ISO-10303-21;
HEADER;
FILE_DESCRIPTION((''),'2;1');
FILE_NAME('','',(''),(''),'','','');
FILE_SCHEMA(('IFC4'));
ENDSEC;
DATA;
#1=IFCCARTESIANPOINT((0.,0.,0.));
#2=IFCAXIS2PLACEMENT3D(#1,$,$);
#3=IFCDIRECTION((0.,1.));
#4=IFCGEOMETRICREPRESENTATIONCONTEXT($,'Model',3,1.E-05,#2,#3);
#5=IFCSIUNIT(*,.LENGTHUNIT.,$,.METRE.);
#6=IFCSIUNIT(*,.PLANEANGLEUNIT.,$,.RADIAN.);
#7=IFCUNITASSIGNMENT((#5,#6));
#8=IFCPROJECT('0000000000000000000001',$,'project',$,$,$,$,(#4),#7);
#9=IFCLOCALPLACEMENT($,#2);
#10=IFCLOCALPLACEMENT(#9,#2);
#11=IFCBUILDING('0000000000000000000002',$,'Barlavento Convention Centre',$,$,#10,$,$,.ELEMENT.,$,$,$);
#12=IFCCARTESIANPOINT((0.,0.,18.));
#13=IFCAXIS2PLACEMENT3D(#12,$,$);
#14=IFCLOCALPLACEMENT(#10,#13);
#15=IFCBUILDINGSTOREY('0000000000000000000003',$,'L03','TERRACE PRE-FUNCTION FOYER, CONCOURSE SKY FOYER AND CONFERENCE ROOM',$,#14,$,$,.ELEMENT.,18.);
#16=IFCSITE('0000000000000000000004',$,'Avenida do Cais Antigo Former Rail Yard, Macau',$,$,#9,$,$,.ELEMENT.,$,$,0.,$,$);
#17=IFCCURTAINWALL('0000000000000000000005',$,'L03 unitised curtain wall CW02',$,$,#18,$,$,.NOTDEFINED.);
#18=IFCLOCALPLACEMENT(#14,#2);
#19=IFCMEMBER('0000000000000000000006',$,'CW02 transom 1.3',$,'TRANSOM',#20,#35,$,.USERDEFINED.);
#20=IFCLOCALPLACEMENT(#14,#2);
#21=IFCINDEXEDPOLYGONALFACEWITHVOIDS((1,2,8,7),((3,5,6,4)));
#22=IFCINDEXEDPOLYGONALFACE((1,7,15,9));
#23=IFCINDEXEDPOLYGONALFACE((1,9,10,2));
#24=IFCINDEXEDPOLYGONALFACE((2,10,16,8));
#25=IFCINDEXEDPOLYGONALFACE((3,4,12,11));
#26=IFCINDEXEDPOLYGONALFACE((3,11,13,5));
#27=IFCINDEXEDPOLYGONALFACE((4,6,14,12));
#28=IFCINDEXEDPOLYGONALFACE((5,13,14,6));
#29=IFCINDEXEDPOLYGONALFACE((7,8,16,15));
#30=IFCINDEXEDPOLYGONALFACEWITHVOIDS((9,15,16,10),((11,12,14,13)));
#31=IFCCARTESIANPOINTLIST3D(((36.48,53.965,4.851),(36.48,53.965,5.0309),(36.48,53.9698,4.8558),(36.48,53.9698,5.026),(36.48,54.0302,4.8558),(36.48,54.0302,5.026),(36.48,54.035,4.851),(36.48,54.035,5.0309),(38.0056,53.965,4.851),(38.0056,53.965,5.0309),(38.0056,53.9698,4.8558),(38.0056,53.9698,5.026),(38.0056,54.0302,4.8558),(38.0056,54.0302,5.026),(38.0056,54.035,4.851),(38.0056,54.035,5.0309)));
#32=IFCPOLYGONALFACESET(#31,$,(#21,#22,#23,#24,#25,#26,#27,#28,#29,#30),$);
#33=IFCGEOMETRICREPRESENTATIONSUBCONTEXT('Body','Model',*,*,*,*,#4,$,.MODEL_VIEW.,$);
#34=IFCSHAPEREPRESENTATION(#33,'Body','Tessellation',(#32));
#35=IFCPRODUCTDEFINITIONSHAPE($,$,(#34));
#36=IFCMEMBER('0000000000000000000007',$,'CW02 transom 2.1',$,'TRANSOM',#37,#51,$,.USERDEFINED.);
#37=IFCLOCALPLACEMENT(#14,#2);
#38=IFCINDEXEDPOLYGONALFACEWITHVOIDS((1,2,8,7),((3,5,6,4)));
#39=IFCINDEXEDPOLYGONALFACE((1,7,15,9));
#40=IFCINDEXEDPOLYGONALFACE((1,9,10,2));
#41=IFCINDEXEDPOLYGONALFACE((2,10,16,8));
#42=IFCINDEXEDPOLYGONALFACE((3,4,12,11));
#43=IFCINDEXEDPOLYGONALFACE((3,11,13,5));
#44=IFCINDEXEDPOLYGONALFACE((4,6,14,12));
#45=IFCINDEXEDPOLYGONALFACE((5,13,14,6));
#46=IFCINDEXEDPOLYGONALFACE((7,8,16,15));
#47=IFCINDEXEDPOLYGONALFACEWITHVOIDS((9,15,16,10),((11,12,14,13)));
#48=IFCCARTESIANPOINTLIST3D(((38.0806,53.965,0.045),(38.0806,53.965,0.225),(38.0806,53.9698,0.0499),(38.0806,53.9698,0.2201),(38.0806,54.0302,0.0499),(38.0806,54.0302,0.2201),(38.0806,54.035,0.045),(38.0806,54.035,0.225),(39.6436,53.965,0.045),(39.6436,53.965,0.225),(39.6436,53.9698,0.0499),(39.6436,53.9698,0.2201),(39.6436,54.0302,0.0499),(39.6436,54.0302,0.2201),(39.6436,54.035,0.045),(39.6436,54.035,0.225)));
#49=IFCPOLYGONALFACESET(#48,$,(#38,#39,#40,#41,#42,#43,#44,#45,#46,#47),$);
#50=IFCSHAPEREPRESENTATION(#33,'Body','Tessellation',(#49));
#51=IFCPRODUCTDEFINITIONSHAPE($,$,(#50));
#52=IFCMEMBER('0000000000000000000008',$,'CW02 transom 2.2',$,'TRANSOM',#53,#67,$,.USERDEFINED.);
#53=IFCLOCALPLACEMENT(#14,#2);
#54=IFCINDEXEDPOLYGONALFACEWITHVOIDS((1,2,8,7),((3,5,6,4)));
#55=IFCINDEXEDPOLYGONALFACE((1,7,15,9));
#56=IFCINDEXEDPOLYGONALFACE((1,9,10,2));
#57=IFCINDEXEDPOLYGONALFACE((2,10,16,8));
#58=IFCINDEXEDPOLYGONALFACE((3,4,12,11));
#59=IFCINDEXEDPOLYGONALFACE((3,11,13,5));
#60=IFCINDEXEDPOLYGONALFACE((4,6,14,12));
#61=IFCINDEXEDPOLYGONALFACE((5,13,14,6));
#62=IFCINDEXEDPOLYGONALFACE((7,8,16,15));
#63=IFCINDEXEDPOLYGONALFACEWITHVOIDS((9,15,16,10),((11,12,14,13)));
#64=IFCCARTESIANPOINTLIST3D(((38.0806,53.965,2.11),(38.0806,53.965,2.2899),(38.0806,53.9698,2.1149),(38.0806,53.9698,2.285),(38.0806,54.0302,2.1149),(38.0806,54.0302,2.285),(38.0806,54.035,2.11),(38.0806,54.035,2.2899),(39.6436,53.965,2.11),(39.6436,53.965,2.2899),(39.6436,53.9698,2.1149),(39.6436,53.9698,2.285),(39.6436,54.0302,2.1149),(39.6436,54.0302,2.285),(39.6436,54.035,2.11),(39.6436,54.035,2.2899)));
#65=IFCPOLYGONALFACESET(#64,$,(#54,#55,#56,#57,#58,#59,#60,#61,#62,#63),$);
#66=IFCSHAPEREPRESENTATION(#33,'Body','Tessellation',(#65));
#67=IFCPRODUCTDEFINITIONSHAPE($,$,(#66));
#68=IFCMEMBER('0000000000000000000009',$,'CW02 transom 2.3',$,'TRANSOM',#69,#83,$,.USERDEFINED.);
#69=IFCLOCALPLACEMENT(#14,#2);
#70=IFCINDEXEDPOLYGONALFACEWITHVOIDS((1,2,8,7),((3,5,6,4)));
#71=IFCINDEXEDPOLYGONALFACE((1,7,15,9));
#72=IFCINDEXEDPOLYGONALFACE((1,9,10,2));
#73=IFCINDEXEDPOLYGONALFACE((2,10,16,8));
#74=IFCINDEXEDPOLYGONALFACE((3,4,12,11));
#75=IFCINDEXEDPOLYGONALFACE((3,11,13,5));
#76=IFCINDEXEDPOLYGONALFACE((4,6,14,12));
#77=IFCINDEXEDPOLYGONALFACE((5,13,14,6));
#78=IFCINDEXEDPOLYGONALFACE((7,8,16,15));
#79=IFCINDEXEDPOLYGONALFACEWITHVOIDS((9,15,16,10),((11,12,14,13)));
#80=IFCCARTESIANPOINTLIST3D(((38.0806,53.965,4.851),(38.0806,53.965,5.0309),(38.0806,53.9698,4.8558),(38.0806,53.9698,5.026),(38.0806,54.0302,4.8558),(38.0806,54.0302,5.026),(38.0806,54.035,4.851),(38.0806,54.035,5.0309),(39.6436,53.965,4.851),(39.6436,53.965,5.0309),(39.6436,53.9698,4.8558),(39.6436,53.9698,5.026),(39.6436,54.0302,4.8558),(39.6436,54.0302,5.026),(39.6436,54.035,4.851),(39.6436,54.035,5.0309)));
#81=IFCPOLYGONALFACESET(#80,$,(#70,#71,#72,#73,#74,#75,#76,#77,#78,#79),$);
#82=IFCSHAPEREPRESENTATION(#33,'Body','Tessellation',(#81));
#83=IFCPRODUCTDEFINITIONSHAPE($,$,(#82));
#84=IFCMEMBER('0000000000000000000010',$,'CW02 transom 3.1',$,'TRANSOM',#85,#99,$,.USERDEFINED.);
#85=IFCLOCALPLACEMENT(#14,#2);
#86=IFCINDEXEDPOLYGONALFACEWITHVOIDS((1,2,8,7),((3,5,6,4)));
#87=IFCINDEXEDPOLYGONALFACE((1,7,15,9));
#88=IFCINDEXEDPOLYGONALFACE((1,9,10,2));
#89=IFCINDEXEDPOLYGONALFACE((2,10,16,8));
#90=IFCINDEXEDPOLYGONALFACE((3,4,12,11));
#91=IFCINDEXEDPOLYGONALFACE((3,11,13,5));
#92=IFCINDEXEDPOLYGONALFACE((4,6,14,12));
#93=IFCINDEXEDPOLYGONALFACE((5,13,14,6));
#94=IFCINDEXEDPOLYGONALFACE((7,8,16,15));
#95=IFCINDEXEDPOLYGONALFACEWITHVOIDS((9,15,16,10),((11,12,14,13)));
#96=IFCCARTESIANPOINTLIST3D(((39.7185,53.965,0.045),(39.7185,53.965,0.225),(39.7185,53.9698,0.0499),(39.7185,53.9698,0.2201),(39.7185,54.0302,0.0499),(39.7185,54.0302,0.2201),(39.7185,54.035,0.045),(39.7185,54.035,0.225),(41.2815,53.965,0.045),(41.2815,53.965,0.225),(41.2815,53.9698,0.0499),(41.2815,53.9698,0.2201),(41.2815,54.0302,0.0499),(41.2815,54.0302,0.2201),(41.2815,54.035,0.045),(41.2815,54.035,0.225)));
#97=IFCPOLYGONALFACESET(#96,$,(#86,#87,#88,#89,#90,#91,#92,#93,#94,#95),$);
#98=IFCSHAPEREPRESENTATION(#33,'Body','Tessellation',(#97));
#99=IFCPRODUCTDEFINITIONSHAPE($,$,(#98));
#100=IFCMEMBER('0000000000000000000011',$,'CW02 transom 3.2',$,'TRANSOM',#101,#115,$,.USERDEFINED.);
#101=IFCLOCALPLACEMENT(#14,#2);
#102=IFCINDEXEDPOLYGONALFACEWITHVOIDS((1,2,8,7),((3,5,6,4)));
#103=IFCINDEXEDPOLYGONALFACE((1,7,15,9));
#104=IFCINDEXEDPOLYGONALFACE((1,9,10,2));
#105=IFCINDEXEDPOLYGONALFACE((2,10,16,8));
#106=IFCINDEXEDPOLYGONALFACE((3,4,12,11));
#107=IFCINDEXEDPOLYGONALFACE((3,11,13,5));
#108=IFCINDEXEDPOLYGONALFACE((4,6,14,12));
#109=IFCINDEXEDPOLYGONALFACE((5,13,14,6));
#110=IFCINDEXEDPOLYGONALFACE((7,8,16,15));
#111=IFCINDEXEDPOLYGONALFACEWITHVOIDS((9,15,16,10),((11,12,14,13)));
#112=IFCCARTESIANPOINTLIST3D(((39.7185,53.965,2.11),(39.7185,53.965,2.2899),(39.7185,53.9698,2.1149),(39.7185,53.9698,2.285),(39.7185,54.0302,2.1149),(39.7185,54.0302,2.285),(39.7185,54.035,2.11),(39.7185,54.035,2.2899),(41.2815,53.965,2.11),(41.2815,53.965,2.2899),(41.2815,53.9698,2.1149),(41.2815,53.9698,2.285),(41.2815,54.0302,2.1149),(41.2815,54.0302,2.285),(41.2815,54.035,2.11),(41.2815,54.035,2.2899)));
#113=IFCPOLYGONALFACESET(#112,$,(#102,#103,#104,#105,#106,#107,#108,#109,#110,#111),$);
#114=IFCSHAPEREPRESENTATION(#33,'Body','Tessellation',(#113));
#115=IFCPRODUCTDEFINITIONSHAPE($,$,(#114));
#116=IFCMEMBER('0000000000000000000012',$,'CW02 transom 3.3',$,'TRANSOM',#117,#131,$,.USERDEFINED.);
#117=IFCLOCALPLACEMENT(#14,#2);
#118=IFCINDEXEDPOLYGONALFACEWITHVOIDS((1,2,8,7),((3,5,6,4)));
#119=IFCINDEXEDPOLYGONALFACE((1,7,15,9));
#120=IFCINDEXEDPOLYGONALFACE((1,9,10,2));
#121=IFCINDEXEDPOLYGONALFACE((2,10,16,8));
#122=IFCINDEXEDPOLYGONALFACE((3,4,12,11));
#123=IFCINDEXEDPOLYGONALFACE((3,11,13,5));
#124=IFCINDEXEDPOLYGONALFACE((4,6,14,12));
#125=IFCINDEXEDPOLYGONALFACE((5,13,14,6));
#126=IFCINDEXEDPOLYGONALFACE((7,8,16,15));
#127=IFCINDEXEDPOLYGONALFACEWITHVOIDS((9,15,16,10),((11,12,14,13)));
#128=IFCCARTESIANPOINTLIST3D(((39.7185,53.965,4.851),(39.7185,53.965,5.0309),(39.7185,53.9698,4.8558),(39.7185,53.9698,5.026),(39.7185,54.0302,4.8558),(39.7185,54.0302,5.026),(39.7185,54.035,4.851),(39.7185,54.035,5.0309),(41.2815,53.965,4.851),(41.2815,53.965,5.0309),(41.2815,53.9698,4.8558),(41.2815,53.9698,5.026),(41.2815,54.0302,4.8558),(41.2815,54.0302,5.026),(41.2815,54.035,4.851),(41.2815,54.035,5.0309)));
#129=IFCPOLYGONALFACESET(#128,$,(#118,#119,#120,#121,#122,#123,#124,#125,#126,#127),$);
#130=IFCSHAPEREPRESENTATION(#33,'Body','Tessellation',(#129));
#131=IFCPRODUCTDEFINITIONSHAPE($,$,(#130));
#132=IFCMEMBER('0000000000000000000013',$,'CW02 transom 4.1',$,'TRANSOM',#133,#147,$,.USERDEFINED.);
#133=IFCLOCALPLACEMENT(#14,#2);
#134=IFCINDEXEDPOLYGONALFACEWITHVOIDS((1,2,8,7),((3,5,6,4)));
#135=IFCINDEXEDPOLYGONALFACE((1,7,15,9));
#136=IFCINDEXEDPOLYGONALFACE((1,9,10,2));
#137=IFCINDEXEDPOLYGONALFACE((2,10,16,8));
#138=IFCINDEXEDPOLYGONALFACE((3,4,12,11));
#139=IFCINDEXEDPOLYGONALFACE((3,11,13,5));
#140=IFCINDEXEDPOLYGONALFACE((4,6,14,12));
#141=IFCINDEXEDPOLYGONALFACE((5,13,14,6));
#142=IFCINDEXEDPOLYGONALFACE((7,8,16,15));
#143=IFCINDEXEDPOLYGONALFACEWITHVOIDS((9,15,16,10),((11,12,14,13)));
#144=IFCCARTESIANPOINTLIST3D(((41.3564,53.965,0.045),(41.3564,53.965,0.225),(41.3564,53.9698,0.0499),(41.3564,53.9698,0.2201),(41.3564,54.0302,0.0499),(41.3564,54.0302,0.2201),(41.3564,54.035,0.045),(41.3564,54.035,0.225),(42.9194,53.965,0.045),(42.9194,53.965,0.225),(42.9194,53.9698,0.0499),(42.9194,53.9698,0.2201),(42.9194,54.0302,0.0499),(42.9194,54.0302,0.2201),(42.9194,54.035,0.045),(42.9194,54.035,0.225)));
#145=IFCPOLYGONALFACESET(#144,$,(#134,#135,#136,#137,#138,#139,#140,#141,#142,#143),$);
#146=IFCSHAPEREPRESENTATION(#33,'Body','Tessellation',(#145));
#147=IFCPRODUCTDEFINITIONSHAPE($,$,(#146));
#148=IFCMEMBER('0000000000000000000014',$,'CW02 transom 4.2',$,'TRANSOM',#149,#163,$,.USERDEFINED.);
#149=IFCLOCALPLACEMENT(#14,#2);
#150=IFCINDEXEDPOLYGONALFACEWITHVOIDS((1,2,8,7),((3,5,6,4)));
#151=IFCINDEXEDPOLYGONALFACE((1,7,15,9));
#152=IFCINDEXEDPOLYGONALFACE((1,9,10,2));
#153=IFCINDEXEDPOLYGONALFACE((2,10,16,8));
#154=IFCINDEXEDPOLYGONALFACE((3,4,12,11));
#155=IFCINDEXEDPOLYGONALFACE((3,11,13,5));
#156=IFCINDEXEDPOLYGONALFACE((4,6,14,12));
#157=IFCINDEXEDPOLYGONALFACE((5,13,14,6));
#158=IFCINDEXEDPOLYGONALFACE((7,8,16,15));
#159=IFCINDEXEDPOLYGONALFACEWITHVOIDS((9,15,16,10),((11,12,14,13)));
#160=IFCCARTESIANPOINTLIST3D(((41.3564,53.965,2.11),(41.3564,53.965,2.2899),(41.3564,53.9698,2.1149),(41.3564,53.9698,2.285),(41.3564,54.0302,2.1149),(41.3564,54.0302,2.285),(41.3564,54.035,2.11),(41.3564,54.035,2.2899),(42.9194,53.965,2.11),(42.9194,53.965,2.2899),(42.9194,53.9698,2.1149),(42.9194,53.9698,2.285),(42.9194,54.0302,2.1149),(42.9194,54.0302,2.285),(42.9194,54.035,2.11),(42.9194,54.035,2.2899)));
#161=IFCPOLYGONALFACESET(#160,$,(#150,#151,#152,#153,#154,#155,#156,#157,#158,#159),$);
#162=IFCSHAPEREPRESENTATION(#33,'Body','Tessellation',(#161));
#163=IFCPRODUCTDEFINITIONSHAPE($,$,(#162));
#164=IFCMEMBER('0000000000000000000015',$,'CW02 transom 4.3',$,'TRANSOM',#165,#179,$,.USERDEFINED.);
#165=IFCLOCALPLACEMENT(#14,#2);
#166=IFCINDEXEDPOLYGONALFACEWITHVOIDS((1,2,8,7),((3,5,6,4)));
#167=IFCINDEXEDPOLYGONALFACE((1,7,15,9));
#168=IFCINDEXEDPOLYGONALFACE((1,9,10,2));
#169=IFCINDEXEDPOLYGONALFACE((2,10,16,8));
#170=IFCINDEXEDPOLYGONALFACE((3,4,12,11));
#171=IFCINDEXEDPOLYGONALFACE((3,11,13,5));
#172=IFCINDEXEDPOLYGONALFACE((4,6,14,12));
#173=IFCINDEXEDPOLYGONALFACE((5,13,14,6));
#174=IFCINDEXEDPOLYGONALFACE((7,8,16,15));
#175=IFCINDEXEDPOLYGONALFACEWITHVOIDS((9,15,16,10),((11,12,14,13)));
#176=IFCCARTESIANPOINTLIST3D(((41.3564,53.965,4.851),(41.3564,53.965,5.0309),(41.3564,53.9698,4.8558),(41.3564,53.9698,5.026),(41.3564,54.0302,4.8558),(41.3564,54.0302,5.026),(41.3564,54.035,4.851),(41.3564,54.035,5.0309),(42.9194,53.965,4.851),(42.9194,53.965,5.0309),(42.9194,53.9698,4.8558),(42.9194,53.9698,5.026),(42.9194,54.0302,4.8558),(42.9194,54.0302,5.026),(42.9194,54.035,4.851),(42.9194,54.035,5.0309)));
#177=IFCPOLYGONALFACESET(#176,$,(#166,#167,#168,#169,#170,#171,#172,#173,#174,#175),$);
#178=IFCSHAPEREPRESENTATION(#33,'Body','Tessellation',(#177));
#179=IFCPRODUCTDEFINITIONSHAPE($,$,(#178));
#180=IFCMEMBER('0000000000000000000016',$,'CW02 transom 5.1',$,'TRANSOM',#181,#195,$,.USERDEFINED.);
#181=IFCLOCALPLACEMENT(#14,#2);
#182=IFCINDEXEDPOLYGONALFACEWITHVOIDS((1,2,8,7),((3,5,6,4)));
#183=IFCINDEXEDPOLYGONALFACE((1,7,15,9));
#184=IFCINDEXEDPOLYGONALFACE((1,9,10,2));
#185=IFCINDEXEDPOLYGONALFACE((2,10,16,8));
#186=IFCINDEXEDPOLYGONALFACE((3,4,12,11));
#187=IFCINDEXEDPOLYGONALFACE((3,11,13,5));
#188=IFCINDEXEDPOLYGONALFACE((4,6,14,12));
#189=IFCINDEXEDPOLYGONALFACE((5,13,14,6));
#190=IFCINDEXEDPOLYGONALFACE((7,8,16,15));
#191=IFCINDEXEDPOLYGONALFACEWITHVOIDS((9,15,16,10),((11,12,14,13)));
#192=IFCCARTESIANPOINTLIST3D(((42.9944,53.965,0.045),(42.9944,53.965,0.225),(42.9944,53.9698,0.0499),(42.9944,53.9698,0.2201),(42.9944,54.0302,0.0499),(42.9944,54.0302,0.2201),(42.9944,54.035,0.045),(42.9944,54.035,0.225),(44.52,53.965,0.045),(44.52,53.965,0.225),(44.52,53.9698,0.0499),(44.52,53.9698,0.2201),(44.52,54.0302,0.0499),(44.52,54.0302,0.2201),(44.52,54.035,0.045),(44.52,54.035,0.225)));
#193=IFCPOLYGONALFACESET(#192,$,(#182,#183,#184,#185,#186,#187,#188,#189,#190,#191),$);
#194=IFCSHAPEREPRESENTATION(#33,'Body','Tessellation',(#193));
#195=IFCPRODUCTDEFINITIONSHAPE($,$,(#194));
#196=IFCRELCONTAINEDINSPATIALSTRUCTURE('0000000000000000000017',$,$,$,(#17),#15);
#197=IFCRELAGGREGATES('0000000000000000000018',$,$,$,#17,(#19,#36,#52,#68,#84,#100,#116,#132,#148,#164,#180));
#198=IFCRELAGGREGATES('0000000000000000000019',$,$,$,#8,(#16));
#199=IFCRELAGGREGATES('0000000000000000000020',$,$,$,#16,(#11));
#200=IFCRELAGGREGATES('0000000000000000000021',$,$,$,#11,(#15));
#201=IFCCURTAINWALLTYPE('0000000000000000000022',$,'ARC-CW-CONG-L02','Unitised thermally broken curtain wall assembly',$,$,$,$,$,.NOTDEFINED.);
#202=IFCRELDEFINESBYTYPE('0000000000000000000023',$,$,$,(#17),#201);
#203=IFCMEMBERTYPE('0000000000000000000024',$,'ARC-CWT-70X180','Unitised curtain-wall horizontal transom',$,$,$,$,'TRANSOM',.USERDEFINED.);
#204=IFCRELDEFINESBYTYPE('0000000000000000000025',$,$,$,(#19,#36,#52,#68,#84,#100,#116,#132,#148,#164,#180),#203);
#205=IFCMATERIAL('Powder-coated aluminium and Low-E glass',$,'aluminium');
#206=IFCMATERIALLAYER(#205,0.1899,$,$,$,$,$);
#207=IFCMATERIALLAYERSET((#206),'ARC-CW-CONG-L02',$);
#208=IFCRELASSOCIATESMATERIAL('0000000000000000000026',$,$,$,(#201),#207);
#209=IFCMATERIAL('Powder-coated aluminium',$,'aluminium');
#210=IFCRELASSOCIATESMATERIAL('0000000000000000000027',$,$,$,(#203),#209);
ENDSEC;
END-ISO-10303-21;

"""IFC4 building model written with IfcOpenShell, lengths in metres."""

from ifc_helpers import new_model, si_unit, direction, frame, origin, origin_2d, place, context, subcontext, project, spatial, hollow_rectangle, extrude, material, layer, layer_set, material_profile, profile_set, type_object, element, aggregate, save


model = new_model("IFC4")

# Units and contexts
model_context = context("Model", 3, precision=1e-05, world=origin(), true_north=direction((0.0, 1.0)))
body_context = subcontext(model_context, "Body", "Model", "MODEL_VIEW")
ifc_project = project(units=[si_unit("LENGTHUNIT", "METRE"), si_unit("PLANEANGLEUNIT", "RADIAN")], contexts=[model_context])

# Site, building, storey
site_placement = place(None, origin())
site = spatial("IfcSite", under=ifc_project, at=site_placement, Name="Avenida do Cais Antigo Former Rail Yard, Macau", CompositionType="ELEMENT", RefElevation=0.0)
building_placement = place(site_placement, origin())
building = spatial("IfcBuilding", under=site, at=building_placement, Name="Barlavento Convention Centre", CompositionType="ELEMENT")
storey_placement = place(building_placement, frame((0.0, 0.0, 18.0)))
storey = spatial("IfcBuildingStorey", under=building, at=storey_placement, Name="L03", Description="TERRACE PRE-FUNCTION FOYER, CONCOURSE SKY FOYER AND CONFERENCE ROOM", CompositionType="ELEMENT", Elevation=18.0)

# Shared definitions
ifc_material_1 = material(Name="Powder-coated aluminium and Low-E glass", Category="aluminium")
ifc_layer_1 = layer(ifc_material_1, 0.1899)
ifc_layer_set_1 = layer_set([ifc_layer_1], Name="ARC-CW-CONG-L02")
curtain_wall_type = type_object("IfcCurtainWallType", Name="ARC-CW-CONG-L02", Description="Unitised thermally broken curtain wall assembly", PredefinedType="NOTDEFINED", material=ifc_layer_set_1)
ifc_material_2 = material(Name="Powder-coated aluminium", Category="aluminium")

# Curtain wall, members
curtain_wall_1_placement = place(storey_placement, origin())
curtain_wall_1 = element("IfcCurtainWall", 1, at=curtain_wall_1_placement, inside=storey, type_object=curtain_wall_type, Name="L03 unitised curtain wall CW02", PredefinedType="NOTDEFINED")
ifc_material_profile_1 = material_profile(ifc_material_2, hollow_rectangle(XDim=0.0701, YDim=0.1799, WallThickness=0.0049, at=origin_2d()), Name="AL-TRAN 70x180x5")
ifc_profile_set_1 = profile_set([ifc_material_profile_1], Name="Powder-coated aluminium")
member_type_1 = type_object("IfcMemberType", Name="ARC-CWT-70X180", Description="Unitised curtain-wall horizontal transom", ElementType="TRANSOM", PredefinedType="USERDEFINED", material=ifc_profile_set_1)
member_1_placement = place(storey_placement, frame((36.48, 54.0, 4.9409), z_axis=(1.0, 0.0, 0.0), x_axis=(0.0, 1.0, 0.0)))
member_1 = element("IfcMember", 2, at=member_1_placement, type_object=member_type_1, Name="CW02 transom 1.3", ObjectType="TRANSOM", PredefinedType="USERDEFINED", context=body_context, shape_type="SweptSolid", body=[
    extrude(hollow_rectangle(XDim=0.0701, YDim=0.1799, WallThickness=0.0049, at=origin_2d()), origin(), (0.0, 0.0, 1.0), 1.5256),
])
member_2_placement = place(storey_placement, frame((38.0806, 54.0, 0.135), z_axis=(1.0, 0.0, 0.0), x_axis=(0.0, 1.0, 0.0)))
member_2 = element("IfcMember", 3, at=member_2_placement, type_object=member_type_1, Name="CW02 transom 2.1", ObjectType="TRANSOM", PredefinedType="USERDEFINED", context=body_context, shape_type="SweptSolid", body=[
    extrude(hollow_rectangle(XDim=0.0701, YDim=0.1799, WallThickness=0.0049, at=origin_2d()), origin(), (0.0, 0.0, 1.0), 1.563),
])
member_3_placement = place(storey_placement, frame((38.0806, 54.0, 2.2), z_axis=(1.0, 0.0, 0.0), x_axis=(0.0, 1.0, 0.0)))
member_3 = element("IfcMember", 4, at=member_3_placement, type_object=member_type_1, Name="CW02 transom 2.2", ObjectType="TRANSOM", PredefinedType="USERDEFINED", context=body_context, shape_type="SweptSolid", body=[
    extrude(hollow_rectangle(XDim=0.0701, YDim=0.1799, WallThickness=0.0049, at=origin_2d()), origin(), (0.0, 0.0, 1.0), 1.563),
])
member_4_placement = place(storey_placement, frame((38.0806, 54.0, 4.9409), z_axis=(1.0, 0.0, 0.0), x_axis=(0.0, 1.0, 0.0)))
member_4 = element("IfcMember", 5, at=member_4_placement, type_object=member_type_1, Name="CW02 transom 2.3", ObjectType="TRANSOM", PredefinedType="USERDEFINED", context=body_context, shape_type="SweptSolid", body=[
    extrude(hollow_rectangle(XDim=0.0701, YDim=0.1799, WallThickness=0.0049, at=origin_2d()), origin(), (0.0, 0.0, 1.0), 1.563),
])
member_5_placement = place(storey_placement, frame((39.7185, 54.0, 0.135), z_axis=(1.0, 0.0, 0.0), x_axis=(0.0, 1.0, 0.0)))
member_5 = element("IfcMember", 6, at=member_5_placement, type_object=member_type_1, Name="CW02 transom 3.1", ObjectType="TRANSOM", PredefinedType="USERDEFINED", context=body_context, shape_type="SweptSolid", body=[
    extrude(hollow_rectangle(XDim=0.0701, YDim=0.1799, WallThickness=0.0049, at=origin_2d()), origin(), (0.0, 0.0, 1.0), 1.563),
])
member_6_placement = place(storey_placement, frame((39.7185, 54.0, 2.2), z_axis=(1.0, 0.0, 0.0), x_axis=(0.0, 1.0, 0.0)))
member_6 = element("IfcMember", 7, at=member_6_placement, type_object=member_type_1, Name="CW02 transom 3.2", ObjectType="TRANSOM", PredefinedType="USERDEFINED", context=body_context, shape_type="SweptSolid", body=[
    extrude(hollow_rectangle(XDim=0.0701, YDim=0.1799, WallThickness=0.0049, at=origin_2d()), origin(), (0.0, 0.0, 1.0), 1.563),
])
member_7_placement = place(storey_placement, frame((39.7185, 54.0, 4.9409), z_axis=(1.0, 0.0, 0.0), x_axis=(0.0, 1.0, 0.0)))
member_7 = element("IfcMember", 8, at=member_7_placement, type_object=member_type_1, Name="CW02 transom 3.3", ObjectType="TRANSOM", PredefinedType="USERDEFINED", context=body_context, shape_type="SweptSolid", body=[
    extrude(hollow_rectangle(XDim=0.0701, YDim=0.1799, WallThickness=0.0049, at=origin_2d()), origin(), (0.0, 0.0, 1.0), 1.563),
])
member_8_placement = place(storey_placement, frame((41.3564, 54.0, 0.135), z_axis=(1.0, 0.0, 0.0), x_axis=(0.0, 1.0, 0.0)))
member_8 = element("IfcMember", 9, at=member_8_placement, type_object=member_type_1, Name="CW02 transom 4.1", ObjectType="TRANSOM", PredefinedType="USERDEFINED", context=body_context, shape_type="SweptSolid", body=[
    extrude(hollow_rectangle(XDim=0.0701, YDim=0.1799, WallThickness=0.0049, at=origin_2d()), origin(), (0.0, 0.0, 1.0), 1.563),
])
member_9_placement = place(storey_placement, frame((41.3564, 54.0, 2.2), z_axis=(1.0, 0.0, 0.0), x_axis=(0.0, 1.0, 0.0)))
member_9 = element("IfcMember", 10, at=member_9_placement, type_object=member_type_1, Name="CW02 transom 4.2", ObjectType="TRANSOM", PredefinedType="USERDEFINED", context=body_context, shape_type="SweptSolid", body=[
    extrude(hollow_rectangle(XDim=0.0701, YDim=0.1799, WallThickness=0.0049, at=origin_2d()), origin(), (0.0, 0.0, 1.0), 1.563),
])
member_10_placement = place(storey_placement, frame((41.3564, 54.0, 4.9409), z_axis=(1.0, 0.0, 0.0), x_axis=(0.0, 1.0, 0.0)))
member_10 = element("IfcMember", 11, at=member_10_placement, type_object=member_type_1, Name="CW02 transom 4.3", ObjectType="TRANSOM", PredefinedType="USERDEFINED", context=body_context, shape_type="SweptSolid", body=[
    extrude(hollow_rectangle(XDim=0.0701, YDim=0.1799, WallThickness=0.0049, at=origin_2d()), origin(), (0.0, 0.0, 1.0), 1.563),
])
member_11_placement = place(storey_placement, frame((42.9944, 54.0, 0.135), z_axis=(1.0, 0.0, 0.0), x_axis=(0.0, 1.0, 0.0)))
member_11 = element("IfcMember", 12, at=member_11_placement, type_object=member_type_1, Name="CW02 transom 5.1", ObjectType="TRANSOM", PredefinedType="USERDEFINED", context=body_context, shape_type="SweptSolid", body=[
    extrude(hollow_rectangle(XDim=0.0701, YDim=0.1799, WallThickness=0.0049, at=origin_2d()), origin(), (0.0, 0.0, 1.0), 1.5256),
])

aggregate(curtain_wall_1, [member_1, member_2, member_3, member_4, member_5, member_6, member_7, member_8, member_9, member_10, member_11])

save(model, "model.ifc")
